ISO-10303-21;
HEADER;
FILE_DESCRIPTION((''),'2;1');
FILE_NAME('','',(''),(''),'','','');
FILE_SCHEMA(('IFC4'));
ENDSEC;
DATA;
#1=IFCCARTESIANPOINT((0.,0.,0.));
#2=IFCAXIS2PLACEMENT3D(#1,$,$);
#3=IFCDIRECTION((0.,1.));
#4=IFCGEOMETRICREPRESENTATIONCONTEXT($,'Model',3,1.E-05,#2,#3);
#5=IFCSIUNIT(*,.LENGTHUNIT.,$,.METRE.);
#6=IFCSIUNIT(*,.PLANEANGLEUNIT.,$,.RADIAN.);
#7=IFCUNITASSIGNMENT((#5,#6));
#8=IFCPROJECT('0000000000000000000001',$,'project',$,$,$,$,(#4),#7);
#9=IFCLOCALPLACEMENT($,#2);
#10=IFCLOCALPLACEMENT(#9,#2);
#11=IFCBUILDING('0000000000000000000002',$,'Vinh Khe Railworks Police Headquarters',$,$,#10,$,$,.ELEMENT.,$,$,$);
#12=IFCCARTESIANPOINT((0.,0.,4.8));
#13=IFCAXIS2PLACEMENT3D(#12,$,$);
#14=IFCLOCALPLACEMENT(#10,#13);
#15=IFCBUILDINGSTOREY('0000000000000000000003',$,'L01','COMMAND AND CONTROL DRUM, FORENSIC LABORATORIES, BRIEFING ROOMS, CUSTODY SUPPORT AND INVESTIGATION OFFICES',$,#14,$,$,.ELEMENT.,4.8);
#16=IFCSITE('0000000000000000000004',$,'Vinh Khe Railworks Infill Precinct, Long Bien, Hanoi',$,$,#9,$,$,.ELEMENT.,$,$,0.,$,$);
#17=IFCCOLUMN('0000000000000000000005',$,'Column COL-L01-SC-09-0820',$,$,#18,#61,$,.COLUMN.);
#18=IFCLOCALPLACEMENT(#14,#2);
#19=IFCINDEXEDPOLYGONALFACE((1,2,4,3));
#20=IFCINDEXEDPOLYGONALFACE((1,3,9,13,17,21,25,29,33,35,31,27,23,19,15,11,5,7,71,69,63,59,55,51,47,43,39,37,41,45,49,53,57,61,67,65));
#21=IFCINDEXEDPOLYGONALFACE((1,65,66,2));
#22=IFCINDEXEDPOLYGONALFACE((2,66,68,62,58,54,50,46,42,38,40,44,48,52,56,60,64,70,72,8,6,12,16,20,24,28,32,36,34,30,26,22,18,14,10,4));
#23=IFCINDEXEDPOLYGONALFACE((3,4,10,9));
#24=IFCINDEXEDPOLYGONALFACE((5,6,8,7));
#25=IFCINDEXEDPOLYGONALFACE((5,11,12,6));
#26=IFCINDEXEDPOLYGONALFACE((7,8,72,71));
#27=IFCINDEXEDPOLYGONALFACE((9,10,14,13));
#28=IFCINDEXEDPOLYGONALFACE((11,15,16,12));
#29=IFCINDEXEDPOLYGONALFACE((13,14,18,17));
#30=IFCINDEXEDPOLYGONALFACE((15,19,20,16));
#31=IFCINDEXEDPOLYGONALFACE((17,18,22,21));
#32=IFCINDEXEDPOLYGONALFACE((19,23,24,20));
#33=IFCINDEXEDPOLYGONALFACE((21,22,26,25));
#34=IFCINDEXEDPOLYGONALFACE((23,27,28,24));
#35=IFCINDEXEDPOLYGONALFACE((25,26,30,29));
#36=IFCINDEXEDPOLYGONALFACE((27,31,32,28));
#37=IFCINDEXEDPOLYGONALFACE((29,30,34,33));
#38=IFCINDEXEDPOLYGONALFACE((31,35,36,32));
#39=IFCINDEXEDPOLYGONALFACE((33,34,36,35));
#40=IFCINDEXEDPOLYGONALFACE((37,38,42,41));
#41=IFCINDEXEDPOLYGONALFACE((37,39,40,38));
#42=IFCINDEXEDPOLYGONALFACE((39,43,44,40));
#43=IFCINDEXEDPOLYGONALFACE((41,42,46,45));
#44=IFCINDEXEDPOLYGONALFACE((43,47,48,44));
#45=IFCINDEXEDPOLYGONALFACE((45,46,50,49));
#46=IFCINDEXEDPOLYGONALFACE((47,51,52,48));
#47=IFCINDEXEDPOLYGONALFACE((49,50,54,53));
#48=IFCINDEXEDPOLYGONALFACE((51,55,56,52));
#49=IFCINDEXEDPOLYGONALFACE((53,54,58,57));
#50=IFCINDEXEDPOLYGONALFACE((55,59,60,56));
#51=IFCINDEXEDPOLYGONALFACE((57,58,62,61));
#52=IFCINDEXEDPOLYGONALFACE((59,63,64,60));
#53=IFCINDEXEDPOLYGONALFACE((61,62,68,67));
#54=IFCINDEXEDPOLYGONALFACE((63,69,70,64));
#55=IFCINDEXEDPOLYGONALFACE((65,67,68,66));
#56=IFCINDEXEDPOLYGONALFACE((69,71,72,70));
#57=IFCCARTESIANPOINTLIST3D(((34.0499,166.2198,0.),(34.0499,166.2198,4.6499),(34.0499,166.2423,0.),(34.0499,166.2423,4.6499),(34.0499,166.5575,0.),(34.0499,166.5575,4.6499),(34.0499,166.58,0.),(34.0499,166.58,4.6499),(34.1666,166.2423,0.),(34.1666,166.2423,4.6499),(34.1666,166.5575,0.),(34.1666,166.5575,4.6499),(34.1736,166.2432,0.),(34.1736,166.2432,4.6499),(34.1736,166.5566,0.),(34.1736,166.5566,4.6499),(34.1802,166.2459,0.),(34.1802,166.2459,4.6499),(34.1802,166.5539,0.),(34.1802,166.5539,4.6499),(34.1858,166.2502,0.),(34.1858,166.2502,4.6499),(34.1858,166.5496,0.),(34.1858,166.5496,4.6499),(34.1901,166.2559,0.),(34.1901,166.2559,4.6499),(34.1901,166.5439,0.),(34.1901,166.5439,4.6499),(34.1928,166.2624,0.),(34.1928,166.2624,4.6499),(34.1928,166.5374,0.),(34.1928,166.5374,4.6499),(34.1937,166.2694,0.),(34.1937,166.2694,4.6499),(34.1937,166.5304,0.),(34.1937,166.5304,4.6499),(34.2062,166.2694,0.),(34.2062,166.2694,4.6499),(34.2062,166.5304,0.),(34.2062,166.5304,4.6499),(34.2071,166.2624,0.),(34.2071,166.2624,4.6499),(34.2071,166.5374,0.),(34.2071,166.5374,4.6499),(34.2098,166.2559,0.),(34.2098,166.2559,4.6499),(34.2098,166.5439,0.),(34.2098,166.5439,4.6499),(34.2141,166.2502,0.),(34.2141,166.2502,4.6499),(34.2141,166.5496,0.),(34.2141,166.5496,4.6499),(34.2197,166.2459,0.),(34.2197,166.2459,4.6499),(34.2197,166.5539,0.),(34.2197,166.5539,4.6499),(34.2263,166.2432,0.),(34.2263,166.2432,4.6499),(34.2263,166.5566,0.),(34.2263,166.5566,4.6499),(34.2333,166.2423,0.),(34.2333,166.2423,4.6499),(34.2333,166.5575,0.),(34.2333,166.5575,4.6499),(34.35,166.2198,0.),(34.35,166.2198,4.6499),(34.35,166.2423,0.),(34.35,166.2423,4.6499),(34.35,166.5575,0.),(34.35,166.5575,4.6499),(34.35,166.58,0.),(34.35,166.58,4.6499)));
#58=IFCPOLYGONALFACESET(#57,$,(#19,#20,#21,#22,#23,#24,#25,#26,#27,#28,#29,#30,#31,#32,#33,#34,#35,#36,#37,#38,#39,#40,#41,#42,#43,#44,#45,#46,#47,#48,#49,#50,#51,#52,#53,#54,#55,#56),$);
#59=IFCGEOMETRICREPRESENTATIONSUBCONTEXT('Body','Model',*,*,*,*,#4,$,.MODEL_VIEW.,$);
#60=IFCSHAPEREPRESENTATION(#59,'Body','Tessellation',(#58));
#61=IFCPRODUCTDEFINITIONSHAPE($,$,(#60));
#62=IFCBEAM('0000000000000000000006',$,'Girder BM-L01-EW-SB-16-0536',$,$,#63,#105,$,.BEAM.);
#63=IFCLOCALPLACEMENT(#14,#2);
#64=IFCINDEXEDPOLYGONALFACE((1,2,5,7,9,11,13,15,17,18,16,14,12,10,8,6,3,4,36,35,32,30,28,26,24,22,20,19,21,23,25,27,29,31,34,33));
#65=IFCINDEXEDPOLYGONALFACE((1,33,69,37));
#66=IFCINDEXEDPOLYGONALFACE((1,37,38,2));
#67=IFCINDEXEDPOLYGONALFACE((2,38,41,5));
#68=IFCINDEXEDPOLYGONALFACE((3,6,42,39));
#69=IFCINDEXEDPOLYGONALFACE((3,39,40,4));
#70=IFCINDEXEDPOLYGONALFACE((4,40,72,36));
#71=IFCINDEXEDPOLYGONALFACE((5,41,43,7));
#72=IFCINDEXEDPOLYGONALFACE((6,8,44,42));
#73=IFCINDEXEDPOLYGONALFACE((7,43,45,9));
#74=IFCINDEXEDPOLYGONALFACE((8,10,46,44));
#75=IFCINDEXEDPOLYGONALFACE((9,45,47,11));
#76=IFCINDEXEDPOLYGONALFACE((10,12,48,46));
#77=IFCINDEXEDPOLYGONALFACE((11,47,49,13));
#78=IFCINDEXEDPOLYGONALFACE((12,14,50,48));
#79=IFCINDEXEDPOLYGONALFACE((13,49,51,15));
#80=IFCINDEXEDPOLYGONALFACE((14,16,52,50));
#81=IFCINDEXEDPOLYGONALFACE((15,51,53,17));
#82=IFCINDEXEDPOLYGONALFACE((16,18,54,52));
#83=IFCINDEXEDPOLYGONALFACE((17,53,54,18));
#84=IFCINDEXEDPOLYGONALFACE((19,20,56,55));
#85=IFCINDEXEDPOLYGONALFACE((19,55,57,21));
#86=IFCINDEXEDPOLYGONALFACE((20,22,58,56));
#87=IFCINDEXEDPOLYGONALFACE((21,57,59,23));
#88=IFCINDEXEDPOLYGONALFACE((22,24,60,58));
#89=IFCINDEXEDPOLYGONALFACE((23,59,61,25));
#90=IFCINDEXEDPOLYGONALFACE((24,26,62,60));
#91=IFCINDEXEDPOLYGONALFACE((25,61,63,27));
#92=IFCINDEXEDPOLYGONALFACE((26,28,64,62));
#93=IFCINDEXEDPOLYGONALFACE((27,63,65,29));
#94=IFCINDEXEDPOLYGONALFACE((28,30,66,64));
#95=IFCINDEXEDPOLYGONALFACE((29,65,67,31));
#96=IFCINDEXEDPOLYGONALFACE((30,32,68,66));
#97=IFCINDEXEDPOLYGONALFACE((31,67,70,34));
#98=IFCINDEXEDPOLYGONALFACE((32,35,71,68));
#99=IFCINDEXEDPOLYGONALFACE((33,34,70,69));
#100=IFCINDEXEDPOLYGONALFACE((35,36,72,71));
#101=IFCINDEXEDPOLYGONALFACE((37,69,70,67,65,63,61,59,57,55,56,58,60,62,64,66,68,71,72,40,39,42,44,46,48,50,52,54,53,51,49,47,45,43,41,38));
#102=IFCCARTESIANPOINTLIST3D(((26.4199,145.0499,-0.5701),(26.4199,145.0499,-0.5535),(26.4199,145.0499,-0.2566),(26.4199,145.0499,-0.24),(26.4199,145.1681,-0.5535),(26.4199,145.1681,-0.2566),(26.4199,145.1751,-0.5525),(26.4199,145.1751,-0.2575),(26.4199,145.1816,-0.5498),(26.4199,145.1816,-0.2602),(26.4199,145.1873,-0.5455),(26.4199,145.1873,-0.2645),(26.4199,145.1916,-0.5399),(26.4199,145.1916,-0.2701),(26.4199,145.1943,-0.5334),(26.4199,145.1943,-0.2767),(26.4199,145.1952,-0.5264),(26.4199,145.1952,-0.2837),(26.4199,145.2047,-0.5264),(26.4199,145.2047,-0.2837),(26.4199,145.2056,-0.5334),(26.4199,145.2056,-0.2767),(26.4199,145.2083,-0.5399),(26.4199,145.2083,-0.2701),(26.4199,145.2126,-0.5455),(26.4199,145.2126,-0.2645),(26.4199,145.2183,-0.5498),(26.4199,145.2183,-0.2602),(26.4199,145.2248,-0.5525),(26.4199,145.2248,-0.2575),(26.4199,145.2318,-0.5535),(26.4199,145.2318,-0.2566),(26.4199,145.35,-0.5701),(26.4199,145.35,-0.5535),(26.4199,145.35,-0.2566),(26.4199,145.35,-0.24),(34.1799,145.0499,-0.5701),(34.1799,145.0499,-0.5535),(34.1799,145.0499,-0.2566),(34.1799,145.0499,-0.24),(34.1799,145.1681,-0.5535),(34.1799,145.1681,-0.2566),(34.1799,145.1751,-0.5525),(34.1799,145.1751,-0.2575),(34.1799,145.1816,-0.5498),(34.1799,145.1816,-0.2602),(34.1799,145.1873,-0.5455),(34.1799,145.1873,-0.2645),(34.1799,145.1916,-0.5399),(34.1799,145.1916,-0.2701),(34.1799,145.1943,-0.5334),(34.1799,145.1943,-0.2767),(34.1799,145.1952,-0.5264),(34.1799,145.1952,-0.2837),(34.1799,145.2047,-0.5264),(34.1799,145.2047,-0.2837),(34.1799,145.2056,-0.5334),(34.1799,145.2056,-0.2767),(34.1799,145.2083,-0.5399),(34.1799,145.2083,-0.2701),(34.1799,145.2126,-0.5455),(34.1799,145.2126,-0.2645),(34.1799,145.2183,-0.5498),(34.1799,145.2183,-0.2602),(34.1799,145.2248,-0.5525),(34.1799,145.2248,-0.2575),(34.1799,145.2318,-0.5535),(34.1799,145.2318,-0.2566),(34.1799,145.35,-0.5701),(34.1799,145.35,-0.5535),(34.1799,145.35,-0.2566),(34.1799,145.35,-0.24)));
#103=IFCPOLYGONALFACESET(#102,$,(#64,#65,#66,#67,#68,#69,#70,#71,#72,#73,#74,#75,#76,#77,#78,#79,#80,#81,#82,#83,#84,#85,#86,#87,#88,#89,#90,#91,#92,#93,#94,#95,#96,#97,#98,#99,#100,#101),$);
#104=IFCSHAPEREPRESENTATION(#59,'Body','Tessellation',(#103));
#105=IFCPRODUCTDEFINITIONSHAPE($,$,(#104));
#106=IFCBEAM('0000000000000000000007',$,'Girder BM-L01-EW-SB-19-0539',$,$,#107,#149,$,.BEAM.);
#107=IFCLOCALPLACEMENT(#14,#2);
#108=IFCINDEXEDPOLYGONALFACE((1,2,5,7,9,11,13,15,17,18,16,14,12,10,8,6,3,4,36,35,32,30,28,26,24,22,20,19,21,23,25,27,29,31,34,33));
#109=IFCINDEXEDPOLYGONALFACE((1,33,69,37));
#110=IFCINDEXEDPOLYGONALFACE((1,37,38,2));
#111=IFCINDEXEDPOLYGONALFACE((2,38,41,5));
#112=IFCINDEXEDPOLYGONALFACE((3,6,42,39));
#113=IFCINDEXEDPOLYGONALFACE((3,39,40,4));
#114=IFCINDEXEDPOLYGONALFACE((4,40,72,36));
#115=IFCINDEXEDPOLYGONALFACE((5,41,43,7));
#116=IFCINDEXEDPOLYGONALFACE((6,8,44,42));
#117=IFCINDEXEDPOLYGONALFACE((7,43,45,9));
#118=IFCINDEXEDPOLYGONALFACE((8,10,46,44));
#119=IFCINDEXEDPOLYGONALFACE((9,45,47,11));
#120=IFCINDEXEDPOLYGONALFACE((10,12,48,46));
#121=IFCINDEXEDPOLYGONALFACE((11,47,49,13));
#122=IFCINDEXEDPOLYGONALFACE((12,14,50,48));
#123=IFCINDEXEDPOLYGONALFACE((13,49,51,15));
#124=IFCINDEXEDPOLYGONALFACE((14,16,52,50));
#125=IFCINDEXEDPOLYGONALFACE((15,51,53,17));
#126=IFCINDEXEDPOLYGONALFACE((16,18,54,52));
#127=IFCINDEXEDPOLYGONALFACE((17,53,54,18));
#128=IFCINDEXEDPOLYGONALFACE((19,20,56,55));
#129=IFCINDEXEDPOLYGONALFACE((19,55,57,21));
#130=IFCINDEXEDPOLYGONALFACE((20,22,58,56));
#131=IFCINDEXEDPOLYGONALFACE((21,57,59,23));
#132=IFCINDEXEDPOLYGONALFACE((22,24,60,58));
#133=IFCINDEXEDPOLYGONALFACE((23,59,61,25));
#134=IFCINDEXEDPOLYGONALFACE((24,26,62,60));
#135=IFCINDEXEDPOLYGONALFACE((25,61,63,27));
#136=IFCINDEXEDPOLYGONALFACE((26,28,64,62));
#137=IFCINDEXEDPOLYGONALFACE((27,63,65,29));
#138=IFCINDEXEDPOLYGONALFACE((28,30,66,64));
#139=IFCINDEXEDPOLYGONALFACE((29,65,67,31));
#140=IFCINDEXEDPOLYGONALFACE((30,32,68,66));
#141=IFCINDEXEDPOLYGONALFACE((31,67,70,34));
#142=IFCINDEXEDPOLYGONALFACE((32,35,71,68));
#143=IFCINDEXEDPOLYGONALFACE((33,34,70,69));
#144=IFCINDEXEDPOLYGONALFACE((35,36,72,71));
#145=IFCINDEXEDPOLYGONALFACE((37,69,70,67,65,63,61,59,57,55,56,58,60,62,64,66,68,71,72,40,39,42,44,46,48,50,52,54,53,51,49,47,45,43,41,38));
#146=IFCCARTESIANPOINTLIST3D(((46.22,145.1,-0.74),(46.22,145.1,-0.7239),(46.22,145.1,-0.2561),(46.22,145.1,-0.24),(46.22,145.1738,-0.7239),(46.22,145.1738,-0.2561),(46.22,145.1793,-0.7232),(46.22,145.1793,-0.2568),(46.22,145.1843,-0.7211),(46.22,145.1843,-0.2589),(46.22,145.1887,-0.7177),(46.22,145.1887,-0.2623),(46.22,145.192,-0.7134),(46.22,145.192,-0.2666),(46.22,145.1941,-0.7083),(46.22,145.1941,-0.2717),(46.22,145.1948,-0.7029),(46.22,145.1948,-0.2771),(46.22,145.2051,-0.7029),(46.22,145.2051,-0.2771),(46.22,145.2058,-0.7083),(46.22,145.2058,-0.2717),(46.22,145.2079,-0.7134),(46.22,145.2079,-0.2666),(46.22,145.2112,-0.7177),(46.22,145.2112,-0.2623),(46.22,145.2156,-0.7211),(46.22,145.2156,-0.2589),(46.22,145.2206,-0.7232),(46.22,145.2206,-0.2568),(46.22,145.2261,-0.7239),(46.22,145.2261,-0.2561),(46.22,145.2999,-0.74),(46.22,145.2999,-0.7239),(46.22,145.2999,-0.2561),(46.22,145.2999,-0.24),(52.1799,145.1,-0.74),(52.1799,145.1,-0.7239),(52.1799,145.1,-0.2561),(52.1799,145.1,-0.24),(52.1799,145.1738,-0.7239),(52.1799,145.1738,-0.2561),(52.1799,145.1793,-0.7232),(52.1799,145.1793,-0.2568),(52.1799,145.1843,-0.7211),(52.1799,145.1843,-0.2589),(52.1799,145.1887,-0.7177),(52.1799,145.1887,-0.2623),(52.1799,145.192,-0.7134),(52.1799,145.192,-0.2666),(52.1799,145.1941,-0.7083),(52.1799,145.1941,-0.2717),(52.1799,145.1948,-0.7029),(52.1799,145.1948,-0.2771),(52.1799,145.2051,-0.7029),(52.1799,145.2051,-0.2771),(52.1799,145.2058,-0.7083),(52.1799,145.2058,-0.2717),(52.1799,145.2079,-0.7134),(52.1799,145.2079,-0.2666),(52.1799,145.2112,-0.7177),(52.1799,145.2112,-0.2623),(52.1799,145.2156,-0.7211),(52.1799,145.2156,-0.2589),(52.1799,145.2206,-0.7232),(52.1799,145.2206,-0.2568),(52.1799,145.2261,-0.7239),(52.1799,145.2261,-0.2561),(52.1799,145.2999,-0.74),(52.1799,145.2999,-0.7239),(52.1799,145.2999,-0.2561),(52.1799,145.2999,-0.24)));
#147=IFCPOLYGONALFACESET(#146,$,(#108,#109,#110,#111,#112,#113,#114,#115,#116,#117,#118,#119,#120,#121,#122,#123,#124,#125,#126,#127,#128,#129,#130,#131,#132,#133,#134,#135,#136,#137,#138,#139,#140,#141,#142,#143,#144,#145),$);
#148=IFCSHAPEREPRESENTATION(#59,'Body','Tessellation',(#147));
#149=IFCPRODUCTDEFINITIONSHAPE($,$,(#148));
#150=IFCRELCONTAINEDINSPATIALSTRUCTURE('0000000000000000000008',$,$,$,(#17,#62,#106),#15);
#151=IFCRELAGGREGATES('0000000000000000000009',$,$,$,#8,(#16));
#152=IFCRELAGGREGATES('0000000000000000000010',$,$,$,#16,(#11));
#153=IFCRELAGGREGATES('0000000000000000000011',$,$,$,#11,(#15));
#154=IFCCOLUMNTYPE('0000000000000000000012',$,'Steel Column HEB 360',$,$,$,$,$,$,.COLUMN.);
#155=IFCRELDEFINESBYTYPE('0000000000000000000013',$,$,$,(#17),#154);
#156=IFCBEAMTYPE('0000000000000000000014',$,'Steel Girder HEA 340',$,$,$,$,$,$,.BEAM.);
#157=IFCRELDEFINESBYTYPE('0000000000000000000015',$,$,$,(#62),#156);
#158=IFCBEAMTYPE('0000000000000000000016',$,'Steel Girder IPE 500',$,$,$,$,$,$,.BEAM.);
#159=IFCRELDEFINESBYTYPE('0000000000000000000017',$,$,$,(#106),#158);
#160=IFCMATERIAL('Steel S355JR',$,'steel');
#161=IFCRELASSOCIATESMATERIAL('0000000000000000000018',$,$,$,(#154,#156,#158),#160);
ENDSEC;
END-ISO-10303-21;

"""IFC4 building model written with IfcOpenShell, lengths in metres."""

from ifc_helpers import new_model, si_unit, direction, frame, origin, origin_2d, place, context, subcontext, project, spatial, i_section, extrude, material, material_profile, profile_set, type_object, element, save


model = new_model("IFC4")

# Units and contexts
model_context = context("Model", 3, precision=1e-05, world=origin(), true_north=direction((0.0, 1.0)))
body_context = subcontext(model_context, "Body", "Model", "MODEL_VIEW")
ifc_project = project(units=[si_unit("LENGTHUNIT", "METRE"), si_unit("PLANEANGLEUNIT", "RADIAN")], contexts=[model_context])

# Site, building, storey
site_placement = place(None, origin())
site = spatial("IfcSite", under=ifc_project, at=site_placement, Name="Vinh Khe Railworks Infill Precinct, Long Bien, Hanoi", CompositionType="ELEMENT", RefElevation=0.0)
building_placement = place(site_placement, origin())
building = spatial("IfcBuilding", under=site, at=building_placement, Name="Vinh Khe Railworks Police Headquarters", CompositionType="ELEMENT")
storey_placement = place(building_placement, frame((0.0, 0.0, 4.8)))
storey = spatial("IfcBuildingStorey", under=building, at=storey_placement, Name="L01", Description="COMMAND AND CONTROL DRUM, FORENSIC LABORATORIES, BRIEFING ROOMS, CUSTODY SUPPORT AND INVESTIGATION OFFICES", CompositionType="ELEMENT", Elevation=4.8)

# Column
ifc_material_1 = material(Name="Steel S355JR", Category="steel")
ifc_material_profile_1 = material_profile(ifc_material_1, i_section(OverallWidth=0.3, OverallDepth=0.3601, WebThickness=0.0125, FlangeThickness=0.0225, FilletRadius=0.0271, at=origin_2d()), Name="HEB 360")
ifc_profile_set_1 = profile_set([ifc_material_profile_1], Name="Steel S355JR")
column_type_1 = type_object("IfcColumnType", Name="Steel Column HEB 360", PredefinedType="COLUMN", material=ifc_profile_set_1)
column_1_placement = place(storey_placement, frame((34.2, 166.3999, 0.0), z_axis=(0.0, 0.0, 1.0), x_axis=(1.0, 0.0, 0.0)))
element("IfcColumn", 1, at=column_1_placement, inside=storey, type_object=column_type_1, Name="Column COL-L01-SC-09-0820", PredefinedType="COLUMN", context=body_context, shape_type="SweptSolid", body=[
    extrude(i_section(OverallWidth=0.3, OverallDepth=0.3601, WebThickness=0.0125, FlangeThickness=0.0225, FilletRadius=0.0271, at=origin_2d()), origin(), (0.0, 0.0, 1.0), 4.6499),
])

# Beams
ifc_material_profile_2 = material_profile(ifc_material_1, i_section(OverallWidth=0.3, OverallDepth=0.3301, WebThickness=0.0095, FlangeThickness=0.0166, FilletRadius=0.0271, at=origin_2d()), Name="HEA 340")
ifc_profile_set_2 = profile_set([ifc_material_profile_2], Name="Steel S355JR")
beam_type_1 = type_object("IfcBeamType", Name="Steel Girder HEA 340", PredefinedType="BEAM", material=ifc_profile_set_2)
beam_1_placement = place(storey_placement, frame((26.4199, 145.2, -0.405), z_axis=(1.0, 0.0, 0.0), x_axis=(0.0, 1.0, 0.0)))
element("IfcBeam", 2, at=beam_1_placement, inside=storey, type_object=beam_type_1, Name="Girder BM-L01-EW-SB-16-0536", PredefinedType="BEAM", context=body_context, shape_type="SweptSolid", body=[
    extrude(i_section(OverallWidth=0.3, OverallDepth=0.3301, WebThickness=0.0095, FlangeThickness=0.0166, FilletRadius=0.0271, at=origin_2d()), origin(), (0.0, 0.0, 1.0), 7.76),
])
ifc_material_profile_3 = material_profile(ifc_material_1, i_section(OverallWidth=0.2, OverallDepth=0.5, WebThickness=0.0103, FlangeThickness=0.0161, FilletRadius=0.021, at=origin_2d()), Name="IPE 500")
ifc_profile_set_3 = profile_set([ifc_material_profile_3], Name="Steel S355JR")
beam_type_2 = type_object("IfcBeamType", Name="Steel Girder IPE 500", PredefinedType="BEAM", material=ifc_profile_set_3)
beam_2_placement = place(storey_placement, frame((46.22, 145.2, -0.49), z_axis=(1.0, 0.0, 0.0), x_axis=(0.0, 1.0, 0.0)))
element("IfcBeam", 3, at=beam_2_placement, inside=storey, type_object=beam_type_2, Name="Girder BM-L01-EW-SB-19-0539", PredefinedType="BEAM", context=body_context, shape_type="SweptSolid", body=[
    extrude(i_section(OverallWidth=0.2, OverallDepth=0.5, WebThickness=0.0103, FlangeThickness=0.0161, FilletRadius=0.021, at=origin_2d()), origin(), (0.0, 0.0, 1.0), 5.96),
])

save(model, "model.ifc")
